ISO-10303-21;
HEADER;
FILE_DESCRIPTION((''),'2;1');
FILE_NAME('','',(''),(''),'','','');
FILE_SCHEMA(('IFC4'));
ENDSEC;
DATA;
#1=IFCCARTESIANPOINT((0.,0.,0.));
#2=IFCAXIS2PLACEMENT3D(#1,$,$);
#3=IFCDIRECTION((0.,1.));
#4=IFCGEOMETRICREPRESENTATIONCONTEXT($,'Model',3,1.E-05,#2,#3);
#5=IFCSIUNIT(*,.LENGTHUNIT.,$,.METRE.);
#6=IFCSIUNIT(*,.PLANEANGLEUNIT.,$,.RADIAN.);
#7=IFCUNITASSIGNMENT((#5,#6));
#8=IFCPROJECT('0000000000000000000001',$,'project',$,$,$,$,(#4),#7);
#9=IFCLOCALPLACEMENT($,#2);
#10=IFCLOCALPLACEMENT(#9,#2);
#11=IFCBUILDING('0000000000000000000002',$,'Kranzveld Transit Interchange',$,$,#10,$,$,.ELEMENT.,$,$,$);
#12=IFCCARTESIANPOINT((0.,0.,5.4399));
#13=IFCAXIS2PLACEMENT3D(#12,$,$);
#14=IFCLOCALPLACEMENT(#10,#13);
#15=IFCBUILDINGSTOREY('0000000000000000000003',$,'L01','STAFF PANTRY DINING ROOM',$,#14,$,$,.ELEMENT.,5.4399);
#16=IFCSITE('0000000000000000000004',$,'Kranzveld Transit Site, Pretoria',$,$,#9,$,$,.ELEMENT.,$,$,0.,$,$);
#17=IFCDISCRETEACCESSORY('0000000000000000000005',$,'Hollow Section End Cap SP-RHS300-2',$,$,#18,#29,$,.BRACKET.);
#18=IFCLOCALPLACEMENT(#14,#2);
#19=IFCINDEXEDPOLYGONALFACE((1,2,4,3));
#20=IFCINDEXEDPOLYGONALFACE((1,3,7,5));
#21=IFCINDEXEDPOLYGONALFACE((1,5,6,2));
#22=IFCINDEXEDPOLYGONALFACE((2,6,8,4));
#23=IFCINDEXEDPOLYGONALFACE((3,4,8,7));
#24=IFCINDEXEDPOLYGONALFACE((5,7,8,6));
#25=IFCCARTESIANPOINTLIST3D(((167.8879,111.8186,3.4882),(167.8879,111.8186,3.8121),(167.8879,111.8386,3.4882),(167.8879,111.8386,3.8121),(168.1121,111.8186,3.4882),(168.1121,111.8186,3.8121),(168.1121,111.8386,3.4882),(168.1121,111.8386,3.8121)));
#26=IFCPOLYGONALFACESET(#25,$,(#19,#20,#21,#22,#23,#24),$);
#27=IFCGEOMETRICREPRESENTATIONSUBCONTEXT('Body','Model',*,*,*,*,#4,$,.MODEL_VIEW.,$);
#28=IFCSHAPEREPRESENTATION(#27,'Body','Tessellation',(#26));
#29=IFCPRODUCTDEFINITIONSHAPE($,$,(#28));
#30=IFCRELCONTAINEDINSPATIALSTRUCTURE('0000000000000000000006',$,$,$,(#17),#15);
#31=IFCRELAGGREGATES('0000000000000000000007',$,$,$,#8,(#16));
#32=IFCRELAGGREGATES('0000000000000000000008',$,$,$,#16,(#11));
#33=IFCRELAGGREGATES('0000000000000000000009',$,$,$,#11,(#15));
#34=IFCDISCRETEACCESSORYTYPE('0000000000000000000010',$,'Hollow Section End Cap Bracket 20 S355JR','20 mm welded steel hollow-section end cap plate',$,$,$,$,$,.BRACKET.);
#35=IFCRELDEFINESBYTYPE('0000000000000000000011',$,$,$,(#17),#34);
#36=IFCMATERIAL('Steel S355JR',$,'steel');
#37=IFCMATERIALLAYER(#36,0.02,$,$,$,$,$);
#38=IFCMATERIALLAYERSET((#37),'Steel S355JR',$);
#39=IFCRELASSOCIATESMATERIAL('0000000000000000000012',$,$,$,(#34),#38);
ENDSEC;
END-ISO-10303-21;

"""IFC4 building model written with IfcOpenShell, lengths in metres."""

from ifc_helpers import new_model, si_unit, direction, frame, origin, origin_2d, place, context, subcontext, project, spatial, rectangle, extrude, material, layer, layer_set, type_object, element, save


model = new_model("IFC4")

# Units and contexts
model_context = context("Model", 3, precision=1e-05, world=origin(), true_north=direction((0.0, 1.0)))
body_context = subcontext(model_context, "Body", "Model", "MODEL_VIEW")
ifc_project = project(units=[si_unit("LENGTHUNIT", "METRE"), si_unit("PLANEANGLEUNIT", "RADIAN")], contexts=[model_context])

# Site, building, storey
site_placement = place(None, origin())
site = spatial("IfcSite", under=ifc_project, at=site_placement, Name="Kranzveld Transit Site, Pretoria", CompositionType="ELEMENT", RefElevation=0.0)
building_placement = place(site_placement, origin())
building = spatial("IfcBuilding", under=site, at=building_placement, Name="Kranzveld Transit Interchange", CompositionType="ELEMENT")
storey_placement = place(building_placement, frame((0.0, 0.0, 5.4399)))
storey = spatial("IfcBuildingStorey", under=building, at=storey_placement, Name="L01", Description="STAFF PANTRY DINING ROOM", CompositionType="ELEMENT", Elevation=5.4399)

# Discrete accessory
ifc_material_1 = material(Name="Steel S355JR", Category="steel")
ifc_layer_1 = layer(ifc_material_1, 0.02)
ifc_layer_set_1 = layer_set([ifc_layer_1], Name="Steel S355JR")
discrete_accessory_type = type_object("IfcDiscreteAccessoryType", Name="Hollow Section End Cap Bracket 20 S355JR", Description="20 mm welded steel hollow-section end cap plate", PredefinedType="BRACKET", material=ifc_layer_set_1)
for number, where, z_axis, x_axis, name in (
    (1, (168.0, 111.8186, 3.6501), (0.0, 1.0, 0.0), (-1.0, 0.0, 0.0), "Hollow Section End Cap SP-RHS300-2"),
):
    element("IfcDiscreteAccessory", number, at=place(storey_placement, frame(where, z_axis=z_axis, x_axis=x_axis)), inside=storey, type_object=discrete_accessory_type, Name=name, PredefinedType="BRACKET", context=body_context, shape_type="SweptSolid", body=[
        extrude(rectangle(XDim=0.2241, YDim=0.324, at=origin_2d()), origin(), (0.0, 0.0, 1.0), 0.02),
    ])

save(model, "model.ifc")
